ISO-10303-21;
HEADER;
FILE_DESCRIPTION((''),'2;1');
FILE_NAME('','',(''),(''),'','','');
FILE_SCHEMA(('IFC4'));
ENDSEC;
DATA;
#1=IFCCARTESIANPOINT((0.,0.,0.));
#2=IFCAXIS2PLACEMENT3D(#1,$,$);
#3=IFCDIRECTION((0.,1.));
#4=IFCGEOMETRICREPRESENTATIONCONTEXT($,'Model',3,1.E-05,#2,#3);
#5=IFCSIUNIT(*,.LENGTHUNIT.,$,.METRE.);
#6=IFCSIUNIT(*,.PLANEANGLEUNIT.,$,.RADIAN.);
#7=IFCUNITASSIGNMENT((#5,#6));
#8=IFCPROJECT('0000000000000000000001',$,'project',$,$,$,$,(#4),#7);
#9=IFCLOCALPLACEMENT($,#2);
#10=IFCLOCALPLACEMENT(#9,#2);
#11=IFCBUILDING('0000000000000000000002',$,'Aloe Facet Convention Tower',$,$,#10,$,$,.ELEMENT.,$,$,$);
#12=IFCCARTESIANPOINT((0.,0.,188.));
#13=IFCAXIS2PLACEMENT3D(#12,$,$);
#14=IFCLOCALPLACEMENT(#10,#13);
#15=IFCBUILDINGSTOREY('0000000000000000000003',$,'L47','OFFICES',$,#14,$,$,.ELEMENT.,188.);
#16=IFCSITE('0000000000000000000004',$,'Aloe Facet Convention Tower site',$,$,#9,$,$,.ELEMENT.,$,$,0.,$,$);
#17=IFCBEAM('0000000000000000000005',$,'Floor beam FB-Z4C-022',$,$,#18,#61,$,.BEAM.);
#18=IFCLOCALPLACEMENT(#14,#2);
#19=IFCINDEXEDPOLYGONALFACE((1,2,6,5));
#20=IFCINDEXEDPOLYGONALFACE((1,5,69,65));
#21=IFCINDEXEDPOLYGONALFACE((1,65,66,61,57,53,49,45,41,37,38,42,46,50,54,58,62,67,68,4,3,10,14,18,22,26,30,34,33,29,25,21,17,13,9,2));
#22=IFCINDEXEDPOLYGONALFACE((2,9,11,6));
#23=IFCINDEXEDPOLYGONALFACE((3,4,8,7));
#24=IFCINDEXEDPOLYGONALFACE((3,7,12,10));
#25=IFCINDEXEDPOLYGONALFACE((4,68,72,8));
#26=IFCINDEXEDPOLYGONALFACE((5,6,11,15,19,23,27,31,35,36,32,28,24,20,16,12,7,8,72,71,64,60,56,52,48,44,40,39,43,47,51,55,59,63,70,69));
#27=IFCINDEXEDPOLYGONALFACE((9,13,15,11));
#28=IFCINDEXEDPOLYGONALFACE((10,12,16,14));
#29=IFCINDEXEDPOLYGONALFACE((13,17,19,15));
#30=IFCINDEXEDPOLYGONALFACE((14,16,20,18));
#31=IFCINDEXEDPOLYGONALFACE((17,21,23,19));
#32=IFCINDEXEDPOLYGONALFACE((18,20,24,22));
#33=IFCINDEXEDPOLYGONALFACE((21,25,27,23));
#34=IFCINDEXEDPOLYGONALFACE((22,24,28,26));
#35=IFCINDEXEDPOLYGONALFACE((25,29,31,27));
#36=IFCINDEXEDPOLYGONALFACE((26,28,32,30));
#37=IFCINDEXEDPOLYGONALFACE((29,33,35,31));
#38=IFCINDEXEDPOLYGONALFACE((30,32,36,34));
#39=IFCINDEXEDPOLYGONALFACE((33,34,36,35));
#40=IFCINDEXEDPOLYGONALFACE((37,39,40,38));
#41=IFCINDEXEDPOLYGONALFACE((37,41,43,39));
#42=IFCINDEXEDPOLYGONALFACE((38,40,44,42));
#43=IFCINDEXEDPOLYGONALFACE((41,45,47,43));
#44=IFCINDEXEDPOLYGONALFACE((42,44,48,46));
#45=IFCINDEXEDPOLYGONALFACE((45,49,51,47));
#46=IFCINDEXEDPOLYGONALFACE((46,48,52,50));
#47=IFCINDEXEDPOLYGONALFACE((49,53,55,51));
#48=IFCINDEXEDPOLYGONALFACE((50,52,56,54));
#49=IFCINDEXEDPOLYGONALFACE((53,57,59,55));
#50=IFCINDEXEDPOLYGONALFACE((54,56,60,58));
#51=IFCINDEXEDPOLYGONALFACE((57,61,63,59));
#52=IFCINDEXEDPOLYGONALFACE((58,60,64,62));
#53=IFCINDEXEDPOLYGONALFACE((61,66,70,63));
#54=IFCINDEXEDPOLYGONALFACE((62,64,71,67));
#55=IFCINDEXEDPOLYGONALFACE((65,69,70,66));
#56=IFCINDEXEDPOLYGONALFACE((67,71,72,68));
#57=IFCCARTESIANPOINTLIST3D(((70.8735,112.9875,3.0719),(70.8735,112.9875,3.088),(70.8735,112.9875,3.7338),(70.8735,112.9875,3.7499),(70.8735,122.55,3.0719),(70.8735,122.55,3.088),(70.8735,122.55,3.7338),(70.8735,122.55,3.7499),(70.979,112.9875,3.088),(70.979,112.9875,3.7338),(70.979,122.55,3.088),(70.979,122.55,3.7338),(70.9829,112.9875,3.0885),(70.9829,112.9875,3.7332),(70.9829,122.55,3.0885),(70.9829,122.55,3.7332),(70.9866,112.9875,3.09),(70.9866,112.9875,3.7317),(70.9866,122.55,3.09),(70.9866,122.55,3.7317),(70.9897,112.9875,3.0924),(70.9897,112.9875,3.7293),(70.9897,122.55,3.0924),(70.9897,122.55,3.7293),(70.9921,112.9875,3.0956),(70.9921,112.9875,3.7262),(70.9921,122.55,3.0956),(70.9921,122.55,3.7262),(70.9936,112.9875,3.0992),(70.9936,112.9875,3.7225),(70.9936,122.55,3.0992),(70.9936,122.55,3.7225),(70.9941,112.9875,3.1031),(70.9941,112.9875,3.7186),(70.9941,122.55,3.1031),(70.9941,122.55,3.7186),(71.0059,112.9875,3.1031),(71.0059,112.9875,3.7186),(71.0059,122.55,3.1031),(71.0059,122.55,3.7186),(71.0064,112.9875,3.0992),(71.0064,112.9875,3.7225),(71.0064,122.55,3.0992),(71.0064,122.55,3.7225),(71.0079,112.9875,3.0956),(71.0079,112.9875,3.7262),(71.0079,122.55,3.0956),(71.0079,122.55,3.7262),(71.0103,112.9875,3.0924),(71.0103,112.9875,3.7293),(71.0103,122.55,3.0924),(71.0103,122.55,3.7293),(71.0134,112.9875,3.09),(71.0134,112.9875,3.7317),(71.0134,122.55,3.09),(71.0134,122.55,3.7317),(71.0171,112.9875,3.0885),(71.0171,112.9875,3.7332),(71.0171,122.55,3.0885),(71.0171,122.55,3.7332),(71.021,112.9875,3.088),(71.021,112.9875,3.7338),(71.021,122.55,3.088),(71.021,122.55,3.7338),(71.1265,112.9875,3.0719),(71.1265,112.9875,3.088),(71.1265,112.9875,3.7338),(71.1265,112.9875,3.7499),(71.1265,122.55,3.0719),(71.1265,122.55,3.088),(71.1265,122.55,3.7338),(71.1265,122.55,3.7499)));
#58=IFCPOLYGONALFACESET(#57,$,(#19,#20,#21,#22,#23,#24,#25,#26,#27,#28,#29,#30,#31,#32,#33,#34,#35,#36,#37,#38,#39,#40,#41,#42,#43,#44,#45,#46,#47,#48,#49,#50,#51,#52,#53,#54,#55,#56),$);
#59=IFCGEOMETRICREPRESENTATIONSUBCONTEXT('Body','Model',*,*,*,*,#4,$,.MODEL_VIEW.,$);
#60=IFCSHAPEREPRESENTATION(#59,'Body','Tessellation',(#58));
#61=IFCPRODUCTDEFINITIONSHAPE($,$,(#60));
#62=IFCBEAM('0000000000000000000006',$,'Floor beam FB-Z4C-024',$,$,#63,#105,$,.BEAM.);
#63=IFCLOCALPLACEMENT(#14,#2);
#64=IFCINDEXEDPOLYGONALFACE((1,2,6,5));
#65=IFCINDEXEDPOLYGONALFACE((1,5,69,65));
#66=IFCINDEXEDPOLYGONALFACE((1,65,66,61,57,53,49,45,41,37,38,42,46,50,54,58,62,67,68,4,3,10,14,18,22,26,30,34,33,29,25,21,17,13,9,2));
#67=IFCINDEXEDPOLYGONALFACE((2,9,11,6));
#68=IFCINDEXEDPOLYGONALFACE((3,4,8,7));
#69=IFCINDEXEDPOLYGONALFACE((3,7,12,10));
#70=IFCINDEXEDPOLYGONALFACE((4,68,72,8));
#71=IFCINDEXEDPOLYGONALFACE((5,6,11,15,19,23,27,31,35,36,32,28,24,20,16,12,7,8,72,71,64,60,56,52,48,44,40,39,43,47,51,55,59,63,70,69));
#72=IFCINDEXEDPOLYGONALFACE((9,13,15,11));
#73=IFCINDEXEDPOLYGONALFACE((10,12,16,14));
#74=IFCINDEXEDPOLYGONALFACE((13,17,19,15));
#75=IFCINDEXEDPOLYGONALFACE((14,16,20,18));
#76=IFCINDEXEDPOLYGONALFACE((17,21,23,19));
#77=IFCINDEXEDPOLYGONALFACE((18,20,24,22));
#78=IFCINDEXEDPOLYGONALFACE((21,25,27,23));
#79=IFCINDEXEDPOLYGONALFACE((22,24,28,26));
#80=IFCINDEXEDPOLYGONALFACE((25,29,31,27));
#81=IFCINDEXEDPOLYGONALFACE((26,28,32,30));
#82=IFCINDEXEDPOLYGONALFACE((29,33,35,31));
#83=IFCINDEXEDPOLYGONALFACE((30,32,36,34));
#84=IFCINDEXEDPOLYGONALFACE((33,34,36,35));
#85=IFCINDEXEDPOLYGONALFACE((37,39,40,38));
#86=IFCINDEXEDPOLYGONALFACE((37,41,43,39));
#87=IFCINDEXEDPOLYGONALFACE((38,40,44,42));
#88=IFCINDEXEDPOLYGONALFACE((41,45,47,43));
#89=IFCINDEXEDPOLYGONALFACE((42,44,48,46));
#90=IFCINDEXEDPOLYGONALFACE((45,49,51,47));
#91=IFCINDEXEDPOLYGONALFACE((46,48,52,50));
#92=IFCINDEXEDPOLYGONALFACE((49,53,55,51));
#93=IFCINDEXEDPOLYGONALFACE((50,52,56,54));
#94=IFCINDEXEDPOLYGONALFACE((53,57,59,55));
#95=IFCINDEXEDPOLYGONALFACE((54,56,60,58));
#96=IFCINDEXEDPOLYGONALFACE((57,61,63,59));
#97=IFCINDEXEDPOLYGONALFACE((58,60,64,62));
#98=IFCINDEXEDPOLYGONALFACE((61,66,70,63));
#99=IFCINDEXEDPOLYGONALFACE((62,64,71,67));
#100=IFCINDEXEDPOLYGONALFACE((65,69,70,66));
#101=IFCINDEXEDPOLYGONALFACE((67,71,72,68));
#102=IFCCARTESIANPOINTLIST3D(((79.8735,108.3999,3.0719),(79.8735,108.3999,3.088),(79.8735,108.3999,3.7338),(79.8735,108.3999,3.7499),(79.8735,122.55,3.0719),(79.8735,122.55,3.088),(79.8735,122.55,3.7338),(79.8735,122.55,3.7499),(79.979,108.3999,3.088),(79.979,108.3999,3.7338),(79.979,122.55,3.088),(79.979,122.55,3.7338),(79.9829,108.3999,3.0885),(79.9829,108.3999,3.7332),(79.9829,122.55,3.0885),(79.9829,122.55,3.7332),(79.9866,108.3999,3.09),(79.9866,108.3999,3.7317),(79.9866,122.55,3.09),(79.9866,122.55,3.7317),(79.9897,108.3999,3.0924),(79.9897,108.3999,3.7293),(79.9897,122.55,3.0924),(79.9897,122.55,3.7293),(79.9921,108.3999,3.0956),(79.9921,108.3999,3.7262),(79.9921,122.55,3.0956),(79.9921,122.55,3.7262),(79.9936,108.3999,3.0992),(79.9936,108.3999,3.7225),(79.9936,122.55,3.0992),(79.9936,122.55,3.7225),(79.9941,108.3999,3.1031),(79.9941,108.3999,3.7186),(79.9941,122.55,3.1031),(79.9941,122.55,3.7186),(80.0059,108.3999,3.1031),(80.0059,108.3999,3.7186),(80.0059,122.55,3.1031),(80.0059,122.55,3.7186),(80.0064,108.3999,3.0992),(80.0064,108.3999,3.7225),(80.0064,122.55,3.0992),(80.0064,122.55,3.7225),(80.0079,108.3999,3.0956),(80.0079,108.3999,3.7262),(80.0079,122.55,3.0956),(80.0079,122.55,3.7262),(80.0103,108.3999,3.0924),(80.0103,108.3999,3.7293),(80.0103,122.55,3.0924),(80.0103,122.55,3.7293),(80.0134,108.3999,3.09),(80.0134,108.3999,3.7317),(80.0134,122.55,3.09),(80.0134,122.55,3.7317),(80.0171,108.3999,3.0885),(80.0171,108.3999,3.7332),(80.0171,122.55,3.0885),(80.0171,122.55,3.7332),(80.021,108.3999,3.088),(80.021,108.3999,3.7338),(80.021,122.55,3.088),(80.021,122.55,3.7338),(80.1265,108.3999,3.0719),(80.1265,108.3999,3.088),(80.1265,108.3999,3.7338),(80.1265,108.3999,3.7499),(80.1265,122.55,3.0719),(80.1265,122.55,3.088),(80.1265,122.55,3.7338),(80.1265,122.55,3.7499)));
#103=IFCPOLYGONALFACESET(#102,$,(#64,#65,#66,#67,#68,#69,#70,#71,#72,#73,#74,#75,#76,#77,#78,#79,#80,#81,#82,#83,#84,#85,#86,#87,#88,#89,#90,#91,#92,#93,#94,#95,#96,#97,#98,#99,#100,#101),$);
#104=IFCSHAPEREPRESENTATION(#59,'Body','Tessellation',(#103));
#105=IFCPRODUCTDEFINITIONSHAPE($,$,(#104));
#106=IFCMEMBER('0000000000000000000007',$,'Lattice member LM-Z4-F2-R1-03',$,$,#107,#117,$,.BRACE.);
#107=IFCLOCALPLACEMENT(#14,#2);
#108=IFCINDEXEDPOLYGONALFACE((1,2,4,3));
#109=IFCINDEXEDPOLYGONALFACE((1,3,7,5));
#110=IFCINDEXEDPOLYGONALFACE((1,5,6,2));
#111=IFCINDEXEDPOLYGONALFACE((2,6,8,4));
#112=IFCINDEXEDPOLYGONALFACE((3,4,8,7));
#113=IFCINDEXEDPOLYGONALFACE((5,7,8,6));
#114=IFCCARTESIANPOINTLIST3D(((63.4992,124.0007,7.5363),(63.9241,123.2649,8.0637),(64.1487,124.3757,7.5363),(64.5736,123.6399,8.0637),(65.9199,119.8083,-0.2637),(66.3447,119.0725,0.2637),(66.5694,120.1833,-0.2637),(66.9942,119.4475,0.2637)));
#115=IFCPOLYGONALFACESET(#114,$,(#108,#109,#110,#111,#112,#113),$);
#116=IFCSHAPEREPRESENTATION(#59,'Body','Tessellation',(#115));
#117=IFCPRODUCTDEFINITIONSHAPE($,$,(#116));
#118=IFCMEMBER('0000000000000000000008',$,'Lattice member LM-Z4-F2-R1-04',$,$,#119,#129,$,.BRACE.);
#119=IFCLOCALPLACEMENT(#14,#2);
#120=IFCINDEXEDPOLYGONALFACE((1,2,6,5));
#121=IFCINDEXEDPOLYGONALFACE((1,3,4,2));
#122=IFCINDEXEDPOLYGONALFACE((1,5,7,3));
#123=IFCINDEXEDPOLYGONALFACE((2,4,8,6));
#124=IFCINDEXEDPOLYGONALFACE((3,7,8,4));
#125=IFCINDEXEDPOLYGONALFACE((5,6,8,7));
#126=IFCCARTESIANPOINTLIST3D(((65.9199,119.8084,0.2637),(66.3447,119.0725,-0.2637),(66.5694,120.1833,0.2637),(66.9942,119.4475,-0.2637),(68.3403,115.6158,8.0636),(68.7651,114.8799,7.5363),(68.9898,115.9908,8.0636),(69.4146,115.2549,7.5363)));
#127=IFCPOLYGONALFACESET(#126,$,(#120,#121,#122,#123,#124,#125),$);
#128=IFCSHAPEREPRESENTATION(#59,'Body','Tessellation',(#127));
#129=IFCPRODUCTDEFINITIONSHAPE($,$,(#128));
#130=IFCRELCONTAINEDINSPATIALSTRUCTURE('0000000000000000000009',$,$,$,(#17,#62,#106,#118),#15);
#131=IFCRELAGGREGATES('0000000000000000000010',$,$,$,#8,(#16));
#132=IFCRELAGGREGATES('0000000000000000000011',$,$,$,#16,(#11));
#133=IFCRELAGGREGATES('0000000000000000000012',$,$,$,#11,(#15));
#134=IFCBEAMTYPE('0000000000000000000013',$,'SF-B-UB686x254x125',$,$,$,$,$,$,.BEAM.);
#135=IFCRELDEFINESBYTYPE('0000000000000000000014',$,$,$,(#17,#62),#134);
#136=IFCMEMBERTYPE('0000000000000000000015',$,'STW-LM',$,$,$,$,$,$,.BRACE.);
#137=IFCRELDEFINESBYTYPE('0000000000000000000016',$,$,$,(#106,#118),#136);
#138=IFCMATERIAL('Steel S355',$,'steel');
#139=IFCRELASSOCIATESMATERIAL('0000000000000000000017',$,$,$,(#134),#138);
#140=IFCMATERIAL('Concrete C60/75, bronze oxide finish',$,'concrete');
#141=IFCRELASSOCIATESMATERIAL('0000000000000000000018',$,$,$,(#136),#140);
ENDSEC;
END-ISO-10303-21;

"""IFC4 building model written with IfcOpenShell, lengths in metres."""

from ifc_helpers import new_model, si_unit, direction, frame, origin, origin_2d, place, context, subcontext, project, spatial, rectangle, i_section, extrude, material, material_profile, profile_set, type_object, element, save


model = new_model("IFC4")

# Units and contexts
model_context = context("Model", 3, precision=1e-05, world=origin(), true_north=direction((0.0, 1.0)))
body_context = subcontext(model_context, "Body", "Model", "MODEL_VIEW")
ifc_project = project(units=[si_unit("LENGTHUNIT", "METRE"), si_unit("PLANEANGLEUNIT", "RADIAN")], contexts=[model_context])

# Site, building, storey
site_placement = place(None, origin())
site = spatial("IfcSite", under=ifc_project, at=site_placement, Name="Aloe Facet Convention Tower site", CompositionType="ELEMENT", RefElevation=0.0)
building_placement = place(site_placement, origin())
building = spatial("IfcBuilding", under=site, at=building_placement, Name="Aloe Facet Convention Tower", CompositionType="ELEMENT")
storey_placement = place(building_placement, frame((0.0, 0.0, 188.0)))
storey = spatial("IfcBuildingStorey", under=building, at=storey_placement, Name="L47", Description="OFFICES", CompositionType="ELEMENT", Elevation=188.0)

# Beams
ifc_material_1 = material(Name="Steel S355", Category="steel")
ifc_material_profile_1 = material_profile(ifc_material_1, i_section(OverallWidth=0.2529, OverallDepth=0.678, WebThickness=0.0117, FlangeThickness=0.0161, FilletRadius=0.0151, at=origin_2d()), Name="UB 686x254x125")
ifc_profile_set_1 = profile_set([ifc_material_profile_1], Name="Steel S355")
beam_type_1 = type_object("IfcBeamType", Name="SF-B-UB686x254x125", PredefinedType="BEAM", material=ifc_profile_set_1)
beam_1_placement = place(storey_placement, frame((71.0, 122.55, 3.4109), z_axis=(0.0, -1.0, 0.0), x_axis=(1.0, 0.0, 0.0)))
element("IfcBeam", 1, at=beam_1_placement, inside=storey, type_object=beam_type_1, Name="Floor beam FB-Z4C-022", PredefinedType="BEAM", context=body_context, shape_type="SweptSolid", body=[
    extrude(i_section(OverallWidth=0.2529, OverallDepth=0.678, WebThickness=0.0117, FlangeThickness=0.0161, FilletRadius=0.0151, at=origin_2d()), origin(), (0.0, 0.0, 1.0), 9.5625),
])
beam_2_placement = place(storey_placement, frame((80.0, 122.55, 3.4109), z_axis=(0.0, -1.0, 0.0), x_axis=(1.0, 0.0, 0.0)))
element("IfcBeam", 2, at=beam_2_placement, inside=storey, type_object=beam_type_1, Name="Floor beam FB-Z4C-024", PredefinedType="BEAM", context=body_context, shape_type="SweptSolid", body=[
    extrude(i_section(OverallWidth=0.2529, OverallDepth=0.678, WebThickness=0.0117, FlangeThickness=0.0161, FilletRadius=0.0151, at=origin_2d()), origin(), (0.0, 0.0, 1.0), 14.1501),
])

# Members
ifc_material_2 = material(Name="Concrete C60/75, bronze oxide finish", Category="concrete")
ifc_material_profile_2 = material_profile(ifc_material_2, rectangle(XDim=0.75, YDim=1.0, at=origin_2d()), Name="STW-LM")
ifc_profile_set_2 = profile_set([ifc_material_profile_2], Name="Concrete C60/75, bronze oxide finish")
member_type = type_object("IfcMemberType", Name="STW-LM", PredefinedType="BRACE", material=ifc_profile_set_2)
for number, where, z_axis, x_axis, name in (
    (3, (66.457, 119.6279, 0.0), (-0.263682, 0.456676, 0.849658), (-0.866009, -0.500028, 0.0), "Lattice member LM-Z4-F2-R1-03"),
    (4, (66.457, 119.6279, 0.0), (0.263654, -0.4567, 0.849654), (0.866044, 0.499968, 0.0), "Lattice member LM-Z4-F2-R1-04"),
):
    element("IfcMember", number, at=place(storey_placement, frame(where, z_axis=z_axis, x_axis=x_axis)), inside=storey, type_object=member_type, Name=name, PredefinedType="BRACE", context=body_context, shape_type="SweptSolid", body=[
        extrude(rectangle(XDim=0.75, YDim=1.0, at=origin_2d()), origin(), (0.0, 0.0, 1.0), 9.1802),
    ])

save(model, "model.ifc")
